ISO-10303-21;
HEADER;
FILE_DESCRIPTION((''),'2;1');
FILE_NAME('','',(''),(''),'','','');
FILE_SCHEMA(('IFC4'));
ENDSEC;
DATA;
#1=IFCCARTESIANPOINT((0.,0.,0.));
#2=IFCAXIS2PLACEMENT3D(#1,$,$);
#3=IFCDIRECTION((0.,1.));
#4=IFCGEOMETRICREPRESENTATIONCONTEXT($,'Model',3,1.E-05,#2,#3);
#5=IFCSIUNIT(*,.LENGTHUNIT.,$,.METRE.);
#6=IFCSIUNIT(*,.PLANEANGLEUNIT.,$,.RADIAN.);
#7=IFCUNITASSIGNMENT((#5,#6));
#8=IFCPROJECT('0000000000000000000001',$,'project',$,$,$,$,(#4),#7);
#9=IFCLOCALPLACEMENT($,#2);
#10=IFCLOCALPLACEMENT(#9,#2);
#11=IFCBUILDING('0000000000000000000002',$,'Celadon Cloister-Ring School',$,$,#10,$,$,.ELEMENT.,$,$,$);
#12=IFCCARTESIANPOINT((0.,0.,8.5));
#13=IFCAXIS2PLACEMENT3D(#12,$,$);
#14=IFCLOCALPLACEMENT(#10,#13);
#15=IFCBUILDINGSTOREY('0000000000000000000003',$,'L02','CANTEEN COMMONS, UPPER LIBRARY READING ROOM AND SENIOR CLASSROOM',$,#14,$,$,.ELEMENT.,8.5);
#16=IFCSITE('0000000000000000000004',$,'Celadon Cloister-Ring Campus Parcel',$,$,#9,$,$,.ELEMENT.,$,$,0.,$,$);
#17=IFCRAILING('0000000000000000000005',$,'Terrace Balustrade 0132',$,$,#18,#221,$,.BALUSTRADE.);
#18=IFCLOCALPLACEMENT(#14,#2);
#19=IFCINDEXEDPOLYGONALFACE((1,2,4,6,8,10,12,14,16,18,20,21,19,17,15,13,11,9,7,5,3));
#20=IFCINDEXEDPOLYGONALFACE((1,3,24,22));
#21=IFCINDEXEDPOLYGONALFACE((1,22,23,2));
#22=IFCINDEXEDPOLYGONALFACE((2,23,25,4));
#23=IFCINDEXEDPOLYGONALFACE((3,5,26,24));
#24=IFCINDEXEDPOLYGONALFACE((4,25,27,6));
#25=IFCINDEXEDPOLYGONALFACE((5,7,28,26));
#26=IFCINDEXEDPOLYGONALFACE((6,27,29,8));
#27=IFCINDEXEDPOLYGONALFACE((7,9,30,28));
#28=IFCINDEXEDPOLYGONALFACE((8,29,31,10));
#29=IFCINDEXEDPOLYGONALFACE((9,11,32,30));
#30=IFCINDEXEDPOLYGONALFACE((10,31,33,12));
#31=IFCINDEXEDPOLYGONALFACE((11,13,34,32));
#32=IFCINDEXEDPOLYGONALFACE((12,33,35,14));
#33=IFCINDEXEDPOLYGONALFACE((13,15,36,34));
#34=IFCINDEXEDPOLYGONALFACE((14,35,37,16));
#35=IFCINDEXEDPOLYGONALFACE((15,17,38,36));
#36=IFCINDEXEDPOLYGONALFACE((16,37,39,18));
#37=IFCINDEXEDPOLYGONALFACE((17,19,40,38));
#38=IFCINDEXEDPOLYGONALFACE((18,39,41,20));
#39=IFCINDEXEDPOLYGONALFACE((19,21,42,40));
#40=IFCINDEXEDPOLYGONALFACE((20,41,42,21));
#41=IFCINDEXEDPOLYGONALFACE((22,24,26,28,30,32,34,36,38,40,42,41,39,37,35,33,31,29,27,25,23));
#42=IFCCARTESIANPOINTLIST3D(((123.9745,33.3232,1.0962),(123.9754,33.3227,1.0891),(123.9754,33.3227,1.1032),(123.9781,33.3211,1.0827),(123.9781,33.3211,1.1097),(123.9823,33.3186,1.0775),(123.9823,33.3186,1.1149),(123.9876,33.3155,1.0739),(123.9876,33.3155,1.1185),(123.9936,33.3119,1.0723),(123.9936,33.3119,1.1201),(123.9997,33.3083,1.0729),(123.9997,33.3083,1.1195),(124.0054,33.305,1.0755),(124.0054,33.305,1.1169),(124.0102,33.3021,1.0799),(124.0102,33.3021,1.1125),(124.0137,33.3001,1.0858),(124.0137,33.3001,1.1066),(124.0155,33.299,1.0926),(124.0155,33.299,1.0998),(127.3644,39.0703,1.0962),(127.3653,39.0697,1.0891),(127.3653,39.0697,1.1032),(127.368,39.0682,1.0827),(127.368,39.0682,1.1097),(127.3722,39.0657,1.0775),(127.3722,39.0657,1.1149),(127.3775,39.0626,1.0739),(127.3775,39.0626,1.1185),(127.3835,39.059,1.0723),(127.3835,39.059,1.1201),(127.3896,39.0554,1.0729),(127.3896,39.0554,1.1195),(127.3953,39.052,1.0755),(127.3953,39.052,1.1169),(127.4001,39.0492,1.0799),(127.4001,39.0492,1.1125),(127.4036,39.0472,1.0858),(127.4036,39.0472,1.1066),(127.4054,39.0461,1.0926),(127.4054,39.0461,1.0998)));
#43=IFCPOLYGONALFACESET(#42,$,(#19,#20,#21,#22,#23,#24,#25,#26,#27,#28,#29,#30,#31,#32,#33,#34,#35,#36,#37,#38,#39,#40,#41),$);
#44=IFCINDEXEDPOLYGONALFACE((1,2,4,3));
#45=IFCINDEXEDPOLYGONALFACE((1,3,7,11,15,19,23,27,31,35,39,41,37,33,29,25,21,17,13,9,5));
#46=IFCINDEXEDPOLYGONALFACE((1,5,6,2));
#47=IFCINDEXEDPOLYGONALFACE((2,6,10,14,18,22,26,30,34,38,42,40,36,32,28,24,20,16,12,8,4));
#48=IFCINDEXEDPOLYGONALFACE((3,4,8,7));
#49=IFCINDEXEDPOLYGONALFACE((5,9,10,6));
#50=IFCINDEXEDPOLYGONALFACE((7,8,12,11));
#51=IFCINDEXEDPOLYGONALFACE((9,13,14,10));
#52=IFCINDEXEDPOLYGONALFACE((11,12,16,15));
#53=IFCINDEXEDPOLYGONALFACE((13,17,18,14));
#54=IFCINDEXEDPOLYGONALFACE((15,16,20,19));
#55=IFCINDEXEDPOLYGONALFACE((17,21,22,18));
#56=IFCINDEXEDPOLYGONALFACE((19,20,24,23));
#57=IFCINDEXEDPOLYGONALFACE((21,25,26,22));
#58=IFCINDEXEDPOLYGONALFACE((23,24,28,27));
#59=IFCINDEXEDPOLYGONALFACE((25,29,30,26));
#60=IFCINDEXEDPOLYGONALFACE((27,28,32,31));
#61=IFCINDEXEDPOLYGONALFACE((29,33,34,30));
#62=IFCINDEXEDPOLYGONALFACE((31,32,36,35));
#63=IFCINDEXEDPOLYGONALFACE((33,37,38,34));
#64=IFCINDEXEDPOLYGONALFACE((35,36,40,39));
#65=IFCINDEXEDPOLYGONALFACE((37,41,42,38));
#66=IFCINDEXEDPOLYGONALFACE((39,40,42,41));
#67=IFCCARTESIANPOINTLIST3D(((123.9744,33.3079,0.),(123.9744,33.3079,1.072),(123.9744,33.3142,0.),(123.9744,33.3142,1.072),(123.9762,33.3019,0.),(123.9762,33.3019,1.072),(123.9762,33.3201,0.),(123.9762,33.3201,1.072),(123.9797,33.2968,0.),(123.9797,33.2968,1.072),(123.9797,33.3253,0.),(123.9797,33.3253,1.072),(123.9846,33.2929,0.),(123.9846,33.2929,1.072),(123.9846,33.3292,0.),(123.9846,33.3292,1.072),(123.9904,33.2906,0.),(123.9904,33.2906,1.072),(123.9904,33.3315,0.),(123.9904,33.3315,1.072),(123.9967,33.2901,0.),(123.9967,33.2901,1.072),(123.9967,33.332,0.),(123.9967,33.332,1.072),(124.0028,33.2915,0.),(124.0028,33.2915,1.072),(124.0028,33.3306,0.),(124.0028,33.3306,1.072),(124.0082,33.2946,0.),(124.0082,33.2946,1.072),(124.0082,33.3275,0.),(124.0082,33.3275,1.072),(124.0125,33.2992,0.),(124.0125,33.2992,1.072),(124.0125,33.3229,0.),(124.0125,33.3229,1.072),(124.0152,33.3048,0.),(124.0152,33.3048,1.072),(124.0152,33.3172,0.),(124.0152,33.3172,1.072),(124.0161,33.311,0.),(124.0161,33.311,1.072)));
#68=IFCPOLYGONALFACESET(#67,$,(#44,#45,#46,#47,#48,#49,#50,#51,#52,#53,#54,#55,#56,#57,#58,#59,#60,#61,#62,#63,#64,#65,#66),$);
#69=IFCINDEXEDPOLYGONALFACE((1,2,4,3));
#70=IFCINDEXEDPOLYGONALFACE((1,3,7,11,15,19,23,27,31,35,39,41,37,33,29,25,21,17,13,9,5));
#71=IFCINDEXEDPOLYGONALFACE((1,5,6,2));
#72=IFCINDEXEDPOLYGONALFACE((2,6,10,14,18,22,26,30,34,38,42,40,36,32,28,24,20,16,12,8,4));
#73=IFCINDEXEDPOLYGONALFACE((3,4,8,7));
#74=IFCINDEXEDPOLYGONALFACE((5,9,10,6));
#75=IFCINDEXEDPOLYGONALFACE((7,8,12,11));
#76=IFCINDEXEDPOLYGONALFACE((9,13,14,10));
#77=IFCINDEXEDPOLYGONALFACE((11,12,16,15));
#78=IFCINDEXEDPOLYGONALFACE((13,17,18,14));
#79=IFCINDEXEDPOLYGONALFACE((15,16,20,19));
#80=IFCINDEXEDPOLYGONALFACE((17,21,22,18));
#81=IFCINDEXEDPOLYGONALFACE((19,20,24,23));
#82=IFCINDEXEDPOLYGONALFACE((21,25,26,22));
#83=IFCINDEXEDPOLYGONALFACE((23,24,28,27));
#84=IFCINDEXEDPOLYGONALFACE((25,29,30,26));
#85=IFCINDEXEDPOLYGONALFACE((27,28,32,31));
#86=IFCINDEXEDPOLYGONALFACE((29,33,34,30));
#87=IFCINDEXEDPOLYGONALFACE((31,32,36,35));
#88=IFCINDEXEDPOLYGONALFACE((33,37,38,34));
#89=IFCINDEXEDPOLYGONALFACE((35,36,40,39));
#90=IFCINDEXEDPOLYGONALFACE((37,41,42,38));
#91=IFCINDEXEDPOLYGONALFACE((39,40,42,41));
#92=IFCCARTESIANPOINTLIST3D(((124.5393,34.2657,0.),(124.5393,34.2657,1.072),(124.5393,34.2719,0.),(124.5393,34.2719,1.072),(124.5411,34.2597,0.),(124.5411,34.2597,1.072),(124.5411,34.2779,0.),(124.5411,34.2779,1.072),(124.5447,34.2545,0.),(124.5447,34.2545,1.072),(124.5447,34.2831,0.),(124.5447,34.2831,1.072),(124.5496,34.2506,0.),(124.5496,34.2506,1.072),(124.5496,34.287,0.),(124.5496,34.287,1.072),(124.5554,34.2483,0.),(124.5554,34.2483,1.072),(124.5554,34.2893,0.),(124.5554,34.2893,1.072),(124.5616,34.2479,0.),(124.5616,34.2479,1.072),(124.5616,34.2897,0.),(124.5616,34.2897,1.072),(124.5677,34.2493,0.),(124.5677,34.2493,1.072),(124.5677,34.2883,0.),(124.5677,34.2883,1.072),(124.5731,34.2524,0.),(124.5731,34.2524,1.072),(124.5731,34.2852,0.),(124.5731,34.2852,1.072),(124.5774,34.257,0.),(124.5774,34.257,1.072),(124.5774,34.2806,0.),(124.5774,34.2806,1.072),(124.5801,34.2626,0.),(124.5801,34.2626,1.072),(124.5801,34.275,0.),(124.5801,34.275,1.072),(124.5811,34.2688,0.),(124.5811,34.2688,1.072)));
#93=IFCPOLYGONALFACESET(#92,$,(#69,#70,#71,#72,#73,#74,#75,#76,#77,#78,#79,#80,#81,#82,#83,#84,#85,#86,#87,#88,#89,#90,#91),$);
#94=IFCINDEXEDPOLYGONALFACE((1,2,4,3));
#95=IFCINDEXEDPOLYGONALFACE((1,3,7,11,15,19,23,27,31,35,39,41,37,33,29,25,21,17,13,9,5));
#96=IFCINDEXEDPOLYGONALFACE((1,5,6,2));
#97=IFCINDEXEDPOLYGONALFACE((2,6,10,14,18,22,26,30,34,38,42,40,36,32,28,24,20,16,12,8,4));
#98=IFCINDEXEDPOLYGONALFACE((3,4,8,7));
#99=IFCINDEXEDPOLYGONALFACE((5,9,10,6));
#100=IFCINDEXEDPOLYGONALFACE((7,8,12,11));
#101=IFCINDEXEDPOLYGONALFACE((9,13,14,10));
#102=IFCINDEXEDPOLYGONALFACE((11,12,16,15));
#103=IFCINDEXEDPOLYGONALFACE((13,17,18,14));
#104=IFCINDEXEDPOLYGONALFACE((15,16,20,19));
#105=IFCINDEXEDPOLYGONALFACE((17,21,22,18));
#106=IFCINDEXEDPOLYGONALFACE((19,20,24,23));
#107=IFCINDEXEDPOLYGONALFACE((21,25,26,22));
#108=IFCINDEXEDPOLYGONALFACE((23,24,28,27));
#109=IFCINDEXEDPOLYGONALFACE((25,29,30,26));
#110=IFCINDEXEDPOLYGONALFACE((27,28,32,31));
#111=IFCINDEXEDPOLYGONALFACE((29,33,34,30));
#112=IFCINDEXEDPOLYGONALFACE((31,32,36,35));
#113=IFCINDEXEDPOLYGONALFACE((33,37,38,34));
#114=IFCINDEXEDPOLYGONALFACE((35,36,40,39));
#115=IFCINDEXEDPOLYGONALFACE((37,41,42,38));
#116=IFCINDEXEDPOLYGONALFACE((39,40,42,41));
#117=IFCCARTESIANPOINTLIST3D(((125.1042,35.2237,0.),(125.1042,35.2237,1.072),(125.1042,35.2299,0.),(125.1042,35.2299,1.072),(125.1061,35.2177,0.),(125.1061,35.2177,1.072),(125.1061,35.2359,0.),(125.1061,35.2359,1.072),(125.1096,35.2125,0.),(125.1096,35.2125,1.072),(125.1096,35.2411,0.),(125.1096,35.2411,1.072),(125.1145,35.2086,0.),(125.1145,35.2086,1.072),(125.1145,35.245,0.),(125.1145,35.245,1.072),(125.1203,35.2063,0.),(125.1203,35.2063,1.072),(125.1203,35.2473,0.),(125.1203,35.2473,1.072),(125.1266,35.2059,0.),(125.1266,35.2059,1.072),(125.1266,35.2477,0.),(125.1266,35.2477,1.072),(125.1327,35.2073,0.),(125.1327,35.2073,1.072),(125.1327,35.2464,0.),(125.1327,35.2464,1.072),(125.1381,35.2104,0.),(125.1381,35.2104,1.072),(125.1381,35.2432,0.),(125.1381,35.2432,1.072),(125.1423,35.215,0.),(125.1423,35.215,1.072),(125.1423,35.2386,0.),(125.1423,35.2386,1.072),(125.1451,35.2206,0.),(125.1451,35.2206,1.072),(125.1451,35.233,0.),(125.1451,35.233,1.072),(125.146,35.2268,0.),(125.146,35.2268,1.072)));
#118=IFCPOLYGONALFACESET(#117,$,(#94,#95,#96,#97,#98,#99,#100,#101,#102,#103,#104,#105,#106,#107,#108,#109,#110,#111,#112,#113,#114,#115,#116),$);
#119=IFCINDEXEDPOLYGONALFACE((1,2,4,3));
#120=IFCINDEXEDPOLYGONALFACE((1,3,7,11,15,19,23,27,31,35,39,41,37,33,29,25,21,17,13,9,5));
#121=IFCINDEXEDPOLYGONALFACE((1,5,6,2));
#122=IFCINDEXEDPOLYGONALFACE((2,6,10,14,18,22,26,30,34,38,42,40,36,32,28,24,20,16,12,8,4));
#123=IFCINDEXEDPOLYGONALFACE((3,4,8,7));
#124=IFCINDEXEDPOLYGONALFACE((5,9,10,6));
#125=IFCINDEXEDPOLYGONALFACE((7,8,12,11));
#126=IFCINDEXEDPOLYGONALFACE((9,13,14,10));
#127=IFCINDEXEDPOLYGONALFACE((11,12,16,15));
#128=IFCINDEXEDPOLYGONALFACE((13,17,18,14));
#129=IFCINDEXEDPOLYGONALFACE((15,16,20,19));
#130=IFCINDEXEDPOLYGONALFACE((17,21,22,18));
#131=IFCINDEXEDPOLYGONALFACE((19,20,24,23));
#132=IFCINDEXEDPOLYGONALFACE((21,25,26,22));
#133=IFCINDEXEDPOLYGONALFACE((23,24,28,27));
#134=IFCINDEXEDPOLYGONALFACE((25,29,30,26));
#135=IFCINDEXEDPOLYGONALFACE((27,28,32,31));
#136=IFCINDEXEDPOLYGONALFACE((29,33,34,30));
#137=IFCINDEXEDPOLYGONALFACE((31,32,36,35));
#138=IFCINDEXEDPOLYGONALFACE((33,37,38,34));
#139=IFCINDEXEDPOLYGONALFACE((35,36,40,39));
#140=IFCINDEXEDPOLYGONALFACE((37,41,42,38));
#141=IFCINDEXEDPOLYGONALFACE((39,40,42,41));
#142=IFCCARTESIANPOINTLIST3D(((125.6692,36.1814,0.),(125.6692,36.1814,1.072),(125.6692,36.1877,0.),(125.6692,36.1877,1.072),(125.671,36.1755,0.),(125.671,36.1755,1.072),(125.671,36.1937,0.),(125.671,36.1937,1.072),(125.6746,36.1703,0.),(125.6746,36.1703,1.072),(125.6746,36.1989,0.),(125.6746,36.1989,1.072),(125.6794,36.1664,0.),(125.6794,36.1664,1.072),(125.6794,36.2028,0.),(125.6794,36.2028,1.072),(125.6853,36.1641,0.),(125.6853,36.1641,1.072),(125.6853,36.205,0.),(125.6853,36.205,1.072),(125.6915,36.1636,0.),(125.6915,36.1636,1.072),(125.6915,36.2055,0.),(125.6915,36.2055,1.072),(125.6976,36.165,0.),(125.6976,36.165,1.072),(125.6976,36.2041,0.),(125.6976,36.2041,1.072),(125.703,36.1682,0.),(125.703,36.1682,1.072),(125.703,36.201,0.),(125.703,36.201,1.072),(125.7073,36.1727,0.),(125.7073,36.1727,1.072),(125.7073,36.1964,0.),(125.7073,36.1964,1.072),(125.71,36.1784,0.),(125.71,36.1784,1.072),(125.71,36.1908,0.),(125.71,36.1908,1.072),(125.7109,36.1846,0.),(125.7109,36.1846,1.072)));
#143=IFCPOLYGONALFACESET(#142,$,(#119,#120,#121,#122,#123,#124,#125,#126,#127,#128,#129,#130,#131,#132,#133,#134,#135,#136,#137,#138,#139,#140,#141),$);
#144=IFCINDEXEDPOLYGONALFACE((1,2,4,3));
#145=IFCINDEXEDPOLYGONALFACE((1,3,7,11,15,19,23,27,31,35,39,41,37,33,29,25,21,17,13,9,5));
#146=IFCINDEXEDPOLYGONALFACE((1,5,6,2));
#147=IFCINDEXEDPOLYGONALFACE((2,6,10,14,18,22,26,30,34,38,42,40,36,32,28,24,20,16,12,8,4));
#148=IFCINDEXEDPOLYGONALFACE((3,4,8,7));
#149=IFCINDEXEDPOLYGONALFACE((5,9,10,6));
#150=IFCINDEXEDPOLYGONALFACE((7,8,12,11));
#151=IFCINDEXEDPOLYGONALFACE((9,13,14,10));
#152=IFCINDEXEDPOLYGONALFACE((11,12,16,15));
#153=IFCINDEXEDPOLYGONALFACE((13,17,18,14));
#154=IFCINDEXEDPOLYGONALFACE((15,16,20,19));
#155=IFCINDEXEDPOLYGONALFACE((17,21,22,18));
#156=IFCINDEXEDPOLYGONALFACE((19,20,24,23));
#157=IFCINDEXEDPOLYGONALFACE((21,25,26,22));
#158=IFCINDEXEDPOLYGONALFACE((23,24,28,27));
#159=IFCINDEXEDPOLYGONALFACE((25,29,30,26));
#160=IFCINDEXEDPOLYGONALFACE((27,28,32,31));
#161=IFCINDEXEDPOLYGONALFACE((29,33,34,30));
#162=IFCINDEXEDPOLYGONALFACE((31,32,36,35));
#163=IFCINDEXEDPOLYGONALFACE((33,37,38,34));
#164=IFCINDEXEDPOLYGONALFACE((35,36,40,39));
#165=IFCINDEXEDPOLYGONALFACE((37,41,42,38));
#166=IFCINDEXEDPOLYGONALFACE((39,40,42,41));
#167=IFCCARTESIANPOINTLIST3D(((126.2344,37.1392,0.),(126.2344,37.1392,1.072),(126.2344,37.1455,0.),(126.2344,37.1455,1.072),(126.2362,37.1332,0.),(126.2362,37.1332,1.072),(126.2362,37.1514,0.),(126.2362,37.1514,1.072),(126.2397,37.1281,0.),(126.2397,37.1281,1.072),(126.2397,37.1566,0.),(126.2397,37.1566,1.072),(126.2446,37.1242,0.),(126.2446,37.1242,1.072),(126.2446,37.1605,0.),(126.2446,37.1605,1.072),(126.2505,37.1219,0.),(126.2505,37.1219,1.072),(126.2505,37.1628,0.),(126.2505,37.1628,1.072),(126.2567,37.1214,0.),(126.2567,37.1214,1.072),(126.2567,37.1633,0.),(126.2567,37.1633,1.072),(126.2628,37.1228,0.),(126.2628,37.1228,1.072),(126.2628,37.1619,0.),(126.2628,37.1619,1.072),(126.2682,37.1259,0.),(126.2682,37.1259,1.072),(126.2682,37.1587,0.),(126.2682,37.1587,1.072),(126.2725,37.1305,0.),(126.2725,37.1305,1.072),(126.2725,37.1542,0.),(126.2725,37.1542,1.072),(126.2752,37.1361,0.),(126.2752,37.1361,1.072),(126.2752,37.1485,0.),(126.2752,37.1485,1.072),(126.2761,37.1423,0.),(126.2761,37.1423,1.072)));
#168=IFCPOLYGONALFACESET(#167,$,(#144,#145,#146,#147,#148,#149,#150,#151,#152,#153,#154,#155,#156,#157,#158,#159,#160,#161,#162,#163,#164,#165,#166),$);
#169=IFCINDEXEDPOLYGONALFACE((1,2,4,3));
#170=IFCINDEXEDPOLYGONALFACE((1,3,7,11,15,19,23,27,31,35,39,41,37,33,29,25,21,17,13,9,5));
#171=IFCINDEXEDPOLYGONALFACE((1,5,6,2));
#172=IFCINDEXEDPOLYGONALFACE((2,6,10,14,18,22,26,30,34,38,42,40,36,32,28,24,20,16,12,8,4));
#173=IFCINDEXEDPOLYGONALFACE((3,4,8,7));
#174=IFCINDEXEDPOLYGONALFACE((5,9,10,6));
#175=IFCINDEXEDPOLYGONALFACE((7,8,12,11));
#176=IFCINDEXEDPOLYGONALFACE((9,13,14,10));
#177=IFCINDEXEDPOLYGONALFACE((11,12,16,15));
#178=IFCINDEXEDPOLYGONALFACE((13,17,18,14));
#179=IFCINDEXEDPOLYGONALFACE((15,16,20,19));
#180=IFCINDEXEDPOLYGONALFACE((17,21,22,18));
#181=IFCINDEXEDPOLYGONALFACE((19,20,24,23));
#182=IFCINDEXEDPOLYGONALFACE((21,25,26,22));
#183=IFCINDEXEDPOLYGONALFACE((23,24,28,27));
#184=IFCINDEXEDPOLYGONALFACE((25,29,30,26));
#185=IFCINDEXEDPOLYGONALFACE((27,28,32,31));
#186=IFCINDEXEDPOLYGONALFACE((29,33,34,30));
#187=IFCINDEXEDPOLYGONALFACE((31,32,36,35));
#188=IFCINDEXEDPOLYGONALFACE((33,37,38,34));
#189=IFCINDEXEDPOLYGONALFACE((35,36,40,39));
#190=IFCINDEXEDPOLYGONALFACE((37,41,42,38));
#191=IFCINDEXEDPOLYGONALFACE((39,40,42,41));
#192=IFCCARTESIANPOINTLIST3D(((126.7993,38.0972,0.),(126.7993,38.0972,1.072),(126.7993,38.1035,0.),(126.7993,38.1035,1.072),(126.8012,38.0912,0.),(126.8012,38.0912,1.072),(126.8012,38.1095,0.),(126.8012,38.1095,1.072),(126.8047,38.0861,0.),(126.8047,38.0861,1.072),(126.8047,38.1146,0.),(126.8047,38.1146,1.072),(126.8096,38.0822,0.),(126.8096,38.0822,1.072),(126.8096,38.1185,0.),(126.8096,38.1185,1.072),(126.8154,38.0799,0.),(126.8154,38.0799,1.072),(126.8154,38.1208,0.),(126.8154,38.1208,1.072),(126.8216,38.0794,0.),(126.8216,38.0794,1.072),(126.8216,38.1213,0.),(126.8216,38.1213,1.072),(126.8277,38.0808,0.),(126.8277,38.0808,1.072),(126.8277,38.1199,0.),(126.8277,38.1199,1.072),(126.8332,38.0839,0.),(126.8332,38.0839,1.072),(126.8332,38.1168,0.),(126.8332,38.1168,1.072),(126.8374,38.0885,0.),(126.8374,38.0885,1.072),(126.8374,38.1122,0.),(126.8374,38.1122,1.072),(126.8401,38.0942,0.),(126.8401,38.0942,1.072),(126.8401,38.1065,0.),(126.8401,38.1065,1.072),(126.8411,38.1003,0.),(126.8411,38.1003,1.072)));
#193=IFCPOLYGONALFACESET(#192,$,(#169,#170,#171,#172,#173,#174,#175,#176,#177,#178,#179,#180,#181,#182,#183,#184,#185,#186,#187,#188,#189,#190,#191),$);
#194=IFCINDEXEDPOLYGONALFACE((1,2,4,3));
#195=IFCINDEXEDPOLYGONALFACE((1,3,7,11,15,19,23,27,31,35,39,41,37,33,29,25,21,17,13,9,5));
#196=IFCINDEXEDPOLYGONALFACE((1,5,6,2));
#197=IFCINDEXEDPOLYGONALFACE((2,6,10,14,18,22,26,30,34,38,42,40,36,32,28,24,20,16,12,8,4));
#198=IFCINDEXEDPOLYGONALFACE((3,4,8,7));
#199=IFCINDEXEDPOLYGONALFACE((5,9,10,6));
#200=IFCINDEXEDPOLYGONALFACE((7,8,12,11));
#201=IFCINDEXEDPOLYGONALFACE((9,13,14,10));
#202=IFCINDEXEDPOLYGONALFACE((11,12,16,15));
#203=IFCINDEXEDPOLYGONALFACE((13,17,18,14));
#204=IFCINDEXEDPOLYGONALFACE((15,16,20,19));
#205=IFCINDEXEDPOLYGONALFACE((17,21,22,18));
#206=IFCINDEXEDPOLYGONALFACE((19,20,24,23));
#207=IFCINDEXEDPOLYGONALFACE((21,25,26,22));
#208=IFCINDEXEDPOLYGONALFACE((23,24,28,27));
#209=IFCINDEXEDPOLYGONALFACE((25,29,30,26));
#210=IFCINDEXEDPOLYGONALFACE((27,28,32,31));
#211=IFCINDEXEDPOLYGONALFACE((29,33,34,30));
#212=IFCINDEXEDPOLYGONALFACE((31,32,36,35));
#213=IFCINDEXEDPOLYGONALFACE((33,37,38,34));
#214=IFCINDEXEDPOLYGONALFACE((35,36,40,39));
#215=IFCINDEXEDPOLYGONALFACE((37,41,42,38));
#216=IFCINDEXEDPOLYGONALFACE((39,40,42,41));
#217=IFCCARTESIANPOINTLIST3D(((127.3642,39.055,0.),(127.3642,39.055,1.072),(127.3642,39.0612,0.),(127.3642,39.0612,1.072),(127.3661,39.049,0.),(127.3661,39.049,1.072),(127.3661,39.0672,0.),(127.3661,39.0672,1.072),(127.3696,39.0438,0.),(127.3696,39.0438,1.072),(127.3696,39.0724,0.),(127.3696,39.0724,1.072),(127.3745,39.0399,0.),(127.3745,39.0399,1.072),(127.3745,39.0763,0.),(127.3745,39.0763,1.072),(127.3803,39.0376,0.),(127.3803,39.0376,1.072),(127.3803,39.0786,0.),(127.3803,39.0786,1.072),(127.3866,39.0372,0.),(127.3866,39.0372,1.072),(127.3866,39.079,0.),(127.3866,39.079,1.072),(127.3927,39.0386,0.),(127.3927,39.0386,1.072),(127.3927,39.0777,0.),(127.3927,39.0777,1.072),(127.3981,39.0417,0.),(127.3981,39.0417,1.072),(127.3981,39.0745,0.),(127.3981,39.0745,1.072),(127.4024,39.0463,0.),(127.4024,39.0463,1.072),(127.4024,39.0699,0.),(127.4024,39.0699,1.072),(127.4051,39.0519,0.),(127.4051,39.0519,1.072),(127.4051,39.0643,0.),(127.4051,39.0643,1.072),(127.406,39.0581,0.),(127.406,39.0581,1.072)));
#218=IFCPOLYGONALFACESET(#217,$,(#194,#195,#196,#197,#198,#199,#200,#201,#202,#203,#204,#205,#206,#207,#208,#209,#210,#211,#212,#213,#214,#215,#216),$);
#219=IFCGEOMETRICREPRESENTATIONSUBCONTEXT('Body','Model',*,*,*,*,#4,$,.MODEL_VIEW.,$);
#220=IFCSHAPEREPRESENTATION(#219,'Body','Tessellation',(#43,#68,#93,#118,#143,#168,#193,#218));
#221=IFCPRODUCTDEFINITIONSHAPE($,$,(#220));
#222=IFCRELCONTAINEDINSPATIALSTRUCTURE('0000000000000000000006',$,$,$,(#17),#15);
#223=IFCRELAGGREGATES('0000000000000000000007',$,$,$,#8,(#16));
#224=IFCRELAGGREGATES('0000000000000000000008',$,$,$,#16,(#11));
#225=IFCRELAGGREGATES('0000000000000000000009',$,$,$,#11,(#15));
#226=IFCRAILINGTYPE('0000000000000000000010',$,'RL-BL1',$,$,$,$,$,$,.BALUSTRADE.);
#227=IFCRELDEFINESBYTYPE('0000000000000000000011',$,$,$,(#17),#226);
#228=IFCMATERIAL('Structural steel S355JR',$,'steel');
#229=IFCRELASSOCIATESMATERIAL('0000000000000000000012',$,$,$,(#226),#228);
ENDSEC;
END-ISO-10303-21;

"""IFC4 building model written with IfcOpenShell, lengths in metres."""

from ifc_helpers import new_model, si_unit, direction, frame, origin, origin_2d, place, context, subcontext, project, spatial, circle, extrude, material, type_object, element, save


model = new_model("IFC4")

# Units and contexts
model_context = context("Model", 3, precision=1e-05, world=origin(), true_north=direction((0.0, 1.0)))
body_context = subcontext(model_context, "Body", "Model", "MODEL_VIEW")
ifc_project = project(units=[si_unit("LENGTHUNIT", "METRE"), si_unit("PLANEANGLEUNIT", "RADIAN")], contexts=[model_context])

# Site, building, storey
site_placement = place(None, origin())
site = spatial("IfcSite", under=ifc_project, at=site_placement, Name="Celadon Cloister-Ring Campus Parcel", CompositionType="ELEMENT", RefElevation=0.0)
building_placement = place(site_placement, origin())
building = spatial("IfcBuilding", under=site, at=building_placement, Name="Celadon Cloister-Ring School", CompositionType="ELEMENT")
storey_placement = place(building_placement, frame((0.0, 0.0, 8.5)))
storey = spatial("IfcBuildingStorey", under=building, at=storey_placement, Name="L02", Description="CANTEEN COMMONS, UPPER LIBRARY READING ROOM AND SENIOR CLASSROOM", CompositionType="ELEMENT", Elevation=8.5)

# Railing
ifc_material_1 = material(Name="Structural steel S355JR", Category="steel")
railing_type = type_object("IfcRailingType", Name="RL-BL1", PredefinedType="BALUSTRADE", material=ifc_material_1)
railing_1_placement = place(storey_placement, frame((123.9951, 33.311, 0.0)))
element("IfcRailing", 1, at=railing_1_placement, inside=storey, type_object=railing_type, Name="Terrace Balustrade 0132", PredefinedType="BALUSTRADE", context=body_context, shape_type="SweptSolid", body=[
    extrude(circle(Radius=0.0239, at=origin_2d()), frame((0.0, 0.0, 1.0962), z_axis=(0.508051, 0.861327, 0.0), x_axis=(-0.861327, 0.508051, 0.0)), (0.0, 0.0, 1.0), 6.6724),
    extrude(circle(Radius=0.021, at=origin_2d()), origin(), (0.0, 0.0, 1.0), 1.072),
    extrude(circle(Radius=0.021, at=origin_2d()), frame((0.5649, 0.9578, 0.0)), (0.0, 0.0, 1.0), 1.072),
    extrude(circle(Radius=0.021, at=origin_2d()), frame((1.1299, 1.9158, 0.0)), (0.0, 0.0, 1.0), 1.072),
    extrude(circle(Radius=0.021, at=origin_2d()), frame((1.6948, 2.8735, 0.0)), (0.0, 0.0, 1.0), 1.072),
    extrude(circle(Radius=0.021, at=origin_2d()), frame((2.26, 3.8313, 0.0)), (0.0, 0.0, 1.0), 1.072),
    extrude(circle(Radius=0.021, at=origin_2d()), frame((2.825, 4.7893, 0.0)), (0.0, 0.0, 1.0), 1.072),
    extrude(circle(Radius=0.021, at=origin_2d()), frame((3.3899, 5.7471, 0.0)), (0.0, 0.0, 1.0), 1.072),
])

save(model, "model.ifc")
